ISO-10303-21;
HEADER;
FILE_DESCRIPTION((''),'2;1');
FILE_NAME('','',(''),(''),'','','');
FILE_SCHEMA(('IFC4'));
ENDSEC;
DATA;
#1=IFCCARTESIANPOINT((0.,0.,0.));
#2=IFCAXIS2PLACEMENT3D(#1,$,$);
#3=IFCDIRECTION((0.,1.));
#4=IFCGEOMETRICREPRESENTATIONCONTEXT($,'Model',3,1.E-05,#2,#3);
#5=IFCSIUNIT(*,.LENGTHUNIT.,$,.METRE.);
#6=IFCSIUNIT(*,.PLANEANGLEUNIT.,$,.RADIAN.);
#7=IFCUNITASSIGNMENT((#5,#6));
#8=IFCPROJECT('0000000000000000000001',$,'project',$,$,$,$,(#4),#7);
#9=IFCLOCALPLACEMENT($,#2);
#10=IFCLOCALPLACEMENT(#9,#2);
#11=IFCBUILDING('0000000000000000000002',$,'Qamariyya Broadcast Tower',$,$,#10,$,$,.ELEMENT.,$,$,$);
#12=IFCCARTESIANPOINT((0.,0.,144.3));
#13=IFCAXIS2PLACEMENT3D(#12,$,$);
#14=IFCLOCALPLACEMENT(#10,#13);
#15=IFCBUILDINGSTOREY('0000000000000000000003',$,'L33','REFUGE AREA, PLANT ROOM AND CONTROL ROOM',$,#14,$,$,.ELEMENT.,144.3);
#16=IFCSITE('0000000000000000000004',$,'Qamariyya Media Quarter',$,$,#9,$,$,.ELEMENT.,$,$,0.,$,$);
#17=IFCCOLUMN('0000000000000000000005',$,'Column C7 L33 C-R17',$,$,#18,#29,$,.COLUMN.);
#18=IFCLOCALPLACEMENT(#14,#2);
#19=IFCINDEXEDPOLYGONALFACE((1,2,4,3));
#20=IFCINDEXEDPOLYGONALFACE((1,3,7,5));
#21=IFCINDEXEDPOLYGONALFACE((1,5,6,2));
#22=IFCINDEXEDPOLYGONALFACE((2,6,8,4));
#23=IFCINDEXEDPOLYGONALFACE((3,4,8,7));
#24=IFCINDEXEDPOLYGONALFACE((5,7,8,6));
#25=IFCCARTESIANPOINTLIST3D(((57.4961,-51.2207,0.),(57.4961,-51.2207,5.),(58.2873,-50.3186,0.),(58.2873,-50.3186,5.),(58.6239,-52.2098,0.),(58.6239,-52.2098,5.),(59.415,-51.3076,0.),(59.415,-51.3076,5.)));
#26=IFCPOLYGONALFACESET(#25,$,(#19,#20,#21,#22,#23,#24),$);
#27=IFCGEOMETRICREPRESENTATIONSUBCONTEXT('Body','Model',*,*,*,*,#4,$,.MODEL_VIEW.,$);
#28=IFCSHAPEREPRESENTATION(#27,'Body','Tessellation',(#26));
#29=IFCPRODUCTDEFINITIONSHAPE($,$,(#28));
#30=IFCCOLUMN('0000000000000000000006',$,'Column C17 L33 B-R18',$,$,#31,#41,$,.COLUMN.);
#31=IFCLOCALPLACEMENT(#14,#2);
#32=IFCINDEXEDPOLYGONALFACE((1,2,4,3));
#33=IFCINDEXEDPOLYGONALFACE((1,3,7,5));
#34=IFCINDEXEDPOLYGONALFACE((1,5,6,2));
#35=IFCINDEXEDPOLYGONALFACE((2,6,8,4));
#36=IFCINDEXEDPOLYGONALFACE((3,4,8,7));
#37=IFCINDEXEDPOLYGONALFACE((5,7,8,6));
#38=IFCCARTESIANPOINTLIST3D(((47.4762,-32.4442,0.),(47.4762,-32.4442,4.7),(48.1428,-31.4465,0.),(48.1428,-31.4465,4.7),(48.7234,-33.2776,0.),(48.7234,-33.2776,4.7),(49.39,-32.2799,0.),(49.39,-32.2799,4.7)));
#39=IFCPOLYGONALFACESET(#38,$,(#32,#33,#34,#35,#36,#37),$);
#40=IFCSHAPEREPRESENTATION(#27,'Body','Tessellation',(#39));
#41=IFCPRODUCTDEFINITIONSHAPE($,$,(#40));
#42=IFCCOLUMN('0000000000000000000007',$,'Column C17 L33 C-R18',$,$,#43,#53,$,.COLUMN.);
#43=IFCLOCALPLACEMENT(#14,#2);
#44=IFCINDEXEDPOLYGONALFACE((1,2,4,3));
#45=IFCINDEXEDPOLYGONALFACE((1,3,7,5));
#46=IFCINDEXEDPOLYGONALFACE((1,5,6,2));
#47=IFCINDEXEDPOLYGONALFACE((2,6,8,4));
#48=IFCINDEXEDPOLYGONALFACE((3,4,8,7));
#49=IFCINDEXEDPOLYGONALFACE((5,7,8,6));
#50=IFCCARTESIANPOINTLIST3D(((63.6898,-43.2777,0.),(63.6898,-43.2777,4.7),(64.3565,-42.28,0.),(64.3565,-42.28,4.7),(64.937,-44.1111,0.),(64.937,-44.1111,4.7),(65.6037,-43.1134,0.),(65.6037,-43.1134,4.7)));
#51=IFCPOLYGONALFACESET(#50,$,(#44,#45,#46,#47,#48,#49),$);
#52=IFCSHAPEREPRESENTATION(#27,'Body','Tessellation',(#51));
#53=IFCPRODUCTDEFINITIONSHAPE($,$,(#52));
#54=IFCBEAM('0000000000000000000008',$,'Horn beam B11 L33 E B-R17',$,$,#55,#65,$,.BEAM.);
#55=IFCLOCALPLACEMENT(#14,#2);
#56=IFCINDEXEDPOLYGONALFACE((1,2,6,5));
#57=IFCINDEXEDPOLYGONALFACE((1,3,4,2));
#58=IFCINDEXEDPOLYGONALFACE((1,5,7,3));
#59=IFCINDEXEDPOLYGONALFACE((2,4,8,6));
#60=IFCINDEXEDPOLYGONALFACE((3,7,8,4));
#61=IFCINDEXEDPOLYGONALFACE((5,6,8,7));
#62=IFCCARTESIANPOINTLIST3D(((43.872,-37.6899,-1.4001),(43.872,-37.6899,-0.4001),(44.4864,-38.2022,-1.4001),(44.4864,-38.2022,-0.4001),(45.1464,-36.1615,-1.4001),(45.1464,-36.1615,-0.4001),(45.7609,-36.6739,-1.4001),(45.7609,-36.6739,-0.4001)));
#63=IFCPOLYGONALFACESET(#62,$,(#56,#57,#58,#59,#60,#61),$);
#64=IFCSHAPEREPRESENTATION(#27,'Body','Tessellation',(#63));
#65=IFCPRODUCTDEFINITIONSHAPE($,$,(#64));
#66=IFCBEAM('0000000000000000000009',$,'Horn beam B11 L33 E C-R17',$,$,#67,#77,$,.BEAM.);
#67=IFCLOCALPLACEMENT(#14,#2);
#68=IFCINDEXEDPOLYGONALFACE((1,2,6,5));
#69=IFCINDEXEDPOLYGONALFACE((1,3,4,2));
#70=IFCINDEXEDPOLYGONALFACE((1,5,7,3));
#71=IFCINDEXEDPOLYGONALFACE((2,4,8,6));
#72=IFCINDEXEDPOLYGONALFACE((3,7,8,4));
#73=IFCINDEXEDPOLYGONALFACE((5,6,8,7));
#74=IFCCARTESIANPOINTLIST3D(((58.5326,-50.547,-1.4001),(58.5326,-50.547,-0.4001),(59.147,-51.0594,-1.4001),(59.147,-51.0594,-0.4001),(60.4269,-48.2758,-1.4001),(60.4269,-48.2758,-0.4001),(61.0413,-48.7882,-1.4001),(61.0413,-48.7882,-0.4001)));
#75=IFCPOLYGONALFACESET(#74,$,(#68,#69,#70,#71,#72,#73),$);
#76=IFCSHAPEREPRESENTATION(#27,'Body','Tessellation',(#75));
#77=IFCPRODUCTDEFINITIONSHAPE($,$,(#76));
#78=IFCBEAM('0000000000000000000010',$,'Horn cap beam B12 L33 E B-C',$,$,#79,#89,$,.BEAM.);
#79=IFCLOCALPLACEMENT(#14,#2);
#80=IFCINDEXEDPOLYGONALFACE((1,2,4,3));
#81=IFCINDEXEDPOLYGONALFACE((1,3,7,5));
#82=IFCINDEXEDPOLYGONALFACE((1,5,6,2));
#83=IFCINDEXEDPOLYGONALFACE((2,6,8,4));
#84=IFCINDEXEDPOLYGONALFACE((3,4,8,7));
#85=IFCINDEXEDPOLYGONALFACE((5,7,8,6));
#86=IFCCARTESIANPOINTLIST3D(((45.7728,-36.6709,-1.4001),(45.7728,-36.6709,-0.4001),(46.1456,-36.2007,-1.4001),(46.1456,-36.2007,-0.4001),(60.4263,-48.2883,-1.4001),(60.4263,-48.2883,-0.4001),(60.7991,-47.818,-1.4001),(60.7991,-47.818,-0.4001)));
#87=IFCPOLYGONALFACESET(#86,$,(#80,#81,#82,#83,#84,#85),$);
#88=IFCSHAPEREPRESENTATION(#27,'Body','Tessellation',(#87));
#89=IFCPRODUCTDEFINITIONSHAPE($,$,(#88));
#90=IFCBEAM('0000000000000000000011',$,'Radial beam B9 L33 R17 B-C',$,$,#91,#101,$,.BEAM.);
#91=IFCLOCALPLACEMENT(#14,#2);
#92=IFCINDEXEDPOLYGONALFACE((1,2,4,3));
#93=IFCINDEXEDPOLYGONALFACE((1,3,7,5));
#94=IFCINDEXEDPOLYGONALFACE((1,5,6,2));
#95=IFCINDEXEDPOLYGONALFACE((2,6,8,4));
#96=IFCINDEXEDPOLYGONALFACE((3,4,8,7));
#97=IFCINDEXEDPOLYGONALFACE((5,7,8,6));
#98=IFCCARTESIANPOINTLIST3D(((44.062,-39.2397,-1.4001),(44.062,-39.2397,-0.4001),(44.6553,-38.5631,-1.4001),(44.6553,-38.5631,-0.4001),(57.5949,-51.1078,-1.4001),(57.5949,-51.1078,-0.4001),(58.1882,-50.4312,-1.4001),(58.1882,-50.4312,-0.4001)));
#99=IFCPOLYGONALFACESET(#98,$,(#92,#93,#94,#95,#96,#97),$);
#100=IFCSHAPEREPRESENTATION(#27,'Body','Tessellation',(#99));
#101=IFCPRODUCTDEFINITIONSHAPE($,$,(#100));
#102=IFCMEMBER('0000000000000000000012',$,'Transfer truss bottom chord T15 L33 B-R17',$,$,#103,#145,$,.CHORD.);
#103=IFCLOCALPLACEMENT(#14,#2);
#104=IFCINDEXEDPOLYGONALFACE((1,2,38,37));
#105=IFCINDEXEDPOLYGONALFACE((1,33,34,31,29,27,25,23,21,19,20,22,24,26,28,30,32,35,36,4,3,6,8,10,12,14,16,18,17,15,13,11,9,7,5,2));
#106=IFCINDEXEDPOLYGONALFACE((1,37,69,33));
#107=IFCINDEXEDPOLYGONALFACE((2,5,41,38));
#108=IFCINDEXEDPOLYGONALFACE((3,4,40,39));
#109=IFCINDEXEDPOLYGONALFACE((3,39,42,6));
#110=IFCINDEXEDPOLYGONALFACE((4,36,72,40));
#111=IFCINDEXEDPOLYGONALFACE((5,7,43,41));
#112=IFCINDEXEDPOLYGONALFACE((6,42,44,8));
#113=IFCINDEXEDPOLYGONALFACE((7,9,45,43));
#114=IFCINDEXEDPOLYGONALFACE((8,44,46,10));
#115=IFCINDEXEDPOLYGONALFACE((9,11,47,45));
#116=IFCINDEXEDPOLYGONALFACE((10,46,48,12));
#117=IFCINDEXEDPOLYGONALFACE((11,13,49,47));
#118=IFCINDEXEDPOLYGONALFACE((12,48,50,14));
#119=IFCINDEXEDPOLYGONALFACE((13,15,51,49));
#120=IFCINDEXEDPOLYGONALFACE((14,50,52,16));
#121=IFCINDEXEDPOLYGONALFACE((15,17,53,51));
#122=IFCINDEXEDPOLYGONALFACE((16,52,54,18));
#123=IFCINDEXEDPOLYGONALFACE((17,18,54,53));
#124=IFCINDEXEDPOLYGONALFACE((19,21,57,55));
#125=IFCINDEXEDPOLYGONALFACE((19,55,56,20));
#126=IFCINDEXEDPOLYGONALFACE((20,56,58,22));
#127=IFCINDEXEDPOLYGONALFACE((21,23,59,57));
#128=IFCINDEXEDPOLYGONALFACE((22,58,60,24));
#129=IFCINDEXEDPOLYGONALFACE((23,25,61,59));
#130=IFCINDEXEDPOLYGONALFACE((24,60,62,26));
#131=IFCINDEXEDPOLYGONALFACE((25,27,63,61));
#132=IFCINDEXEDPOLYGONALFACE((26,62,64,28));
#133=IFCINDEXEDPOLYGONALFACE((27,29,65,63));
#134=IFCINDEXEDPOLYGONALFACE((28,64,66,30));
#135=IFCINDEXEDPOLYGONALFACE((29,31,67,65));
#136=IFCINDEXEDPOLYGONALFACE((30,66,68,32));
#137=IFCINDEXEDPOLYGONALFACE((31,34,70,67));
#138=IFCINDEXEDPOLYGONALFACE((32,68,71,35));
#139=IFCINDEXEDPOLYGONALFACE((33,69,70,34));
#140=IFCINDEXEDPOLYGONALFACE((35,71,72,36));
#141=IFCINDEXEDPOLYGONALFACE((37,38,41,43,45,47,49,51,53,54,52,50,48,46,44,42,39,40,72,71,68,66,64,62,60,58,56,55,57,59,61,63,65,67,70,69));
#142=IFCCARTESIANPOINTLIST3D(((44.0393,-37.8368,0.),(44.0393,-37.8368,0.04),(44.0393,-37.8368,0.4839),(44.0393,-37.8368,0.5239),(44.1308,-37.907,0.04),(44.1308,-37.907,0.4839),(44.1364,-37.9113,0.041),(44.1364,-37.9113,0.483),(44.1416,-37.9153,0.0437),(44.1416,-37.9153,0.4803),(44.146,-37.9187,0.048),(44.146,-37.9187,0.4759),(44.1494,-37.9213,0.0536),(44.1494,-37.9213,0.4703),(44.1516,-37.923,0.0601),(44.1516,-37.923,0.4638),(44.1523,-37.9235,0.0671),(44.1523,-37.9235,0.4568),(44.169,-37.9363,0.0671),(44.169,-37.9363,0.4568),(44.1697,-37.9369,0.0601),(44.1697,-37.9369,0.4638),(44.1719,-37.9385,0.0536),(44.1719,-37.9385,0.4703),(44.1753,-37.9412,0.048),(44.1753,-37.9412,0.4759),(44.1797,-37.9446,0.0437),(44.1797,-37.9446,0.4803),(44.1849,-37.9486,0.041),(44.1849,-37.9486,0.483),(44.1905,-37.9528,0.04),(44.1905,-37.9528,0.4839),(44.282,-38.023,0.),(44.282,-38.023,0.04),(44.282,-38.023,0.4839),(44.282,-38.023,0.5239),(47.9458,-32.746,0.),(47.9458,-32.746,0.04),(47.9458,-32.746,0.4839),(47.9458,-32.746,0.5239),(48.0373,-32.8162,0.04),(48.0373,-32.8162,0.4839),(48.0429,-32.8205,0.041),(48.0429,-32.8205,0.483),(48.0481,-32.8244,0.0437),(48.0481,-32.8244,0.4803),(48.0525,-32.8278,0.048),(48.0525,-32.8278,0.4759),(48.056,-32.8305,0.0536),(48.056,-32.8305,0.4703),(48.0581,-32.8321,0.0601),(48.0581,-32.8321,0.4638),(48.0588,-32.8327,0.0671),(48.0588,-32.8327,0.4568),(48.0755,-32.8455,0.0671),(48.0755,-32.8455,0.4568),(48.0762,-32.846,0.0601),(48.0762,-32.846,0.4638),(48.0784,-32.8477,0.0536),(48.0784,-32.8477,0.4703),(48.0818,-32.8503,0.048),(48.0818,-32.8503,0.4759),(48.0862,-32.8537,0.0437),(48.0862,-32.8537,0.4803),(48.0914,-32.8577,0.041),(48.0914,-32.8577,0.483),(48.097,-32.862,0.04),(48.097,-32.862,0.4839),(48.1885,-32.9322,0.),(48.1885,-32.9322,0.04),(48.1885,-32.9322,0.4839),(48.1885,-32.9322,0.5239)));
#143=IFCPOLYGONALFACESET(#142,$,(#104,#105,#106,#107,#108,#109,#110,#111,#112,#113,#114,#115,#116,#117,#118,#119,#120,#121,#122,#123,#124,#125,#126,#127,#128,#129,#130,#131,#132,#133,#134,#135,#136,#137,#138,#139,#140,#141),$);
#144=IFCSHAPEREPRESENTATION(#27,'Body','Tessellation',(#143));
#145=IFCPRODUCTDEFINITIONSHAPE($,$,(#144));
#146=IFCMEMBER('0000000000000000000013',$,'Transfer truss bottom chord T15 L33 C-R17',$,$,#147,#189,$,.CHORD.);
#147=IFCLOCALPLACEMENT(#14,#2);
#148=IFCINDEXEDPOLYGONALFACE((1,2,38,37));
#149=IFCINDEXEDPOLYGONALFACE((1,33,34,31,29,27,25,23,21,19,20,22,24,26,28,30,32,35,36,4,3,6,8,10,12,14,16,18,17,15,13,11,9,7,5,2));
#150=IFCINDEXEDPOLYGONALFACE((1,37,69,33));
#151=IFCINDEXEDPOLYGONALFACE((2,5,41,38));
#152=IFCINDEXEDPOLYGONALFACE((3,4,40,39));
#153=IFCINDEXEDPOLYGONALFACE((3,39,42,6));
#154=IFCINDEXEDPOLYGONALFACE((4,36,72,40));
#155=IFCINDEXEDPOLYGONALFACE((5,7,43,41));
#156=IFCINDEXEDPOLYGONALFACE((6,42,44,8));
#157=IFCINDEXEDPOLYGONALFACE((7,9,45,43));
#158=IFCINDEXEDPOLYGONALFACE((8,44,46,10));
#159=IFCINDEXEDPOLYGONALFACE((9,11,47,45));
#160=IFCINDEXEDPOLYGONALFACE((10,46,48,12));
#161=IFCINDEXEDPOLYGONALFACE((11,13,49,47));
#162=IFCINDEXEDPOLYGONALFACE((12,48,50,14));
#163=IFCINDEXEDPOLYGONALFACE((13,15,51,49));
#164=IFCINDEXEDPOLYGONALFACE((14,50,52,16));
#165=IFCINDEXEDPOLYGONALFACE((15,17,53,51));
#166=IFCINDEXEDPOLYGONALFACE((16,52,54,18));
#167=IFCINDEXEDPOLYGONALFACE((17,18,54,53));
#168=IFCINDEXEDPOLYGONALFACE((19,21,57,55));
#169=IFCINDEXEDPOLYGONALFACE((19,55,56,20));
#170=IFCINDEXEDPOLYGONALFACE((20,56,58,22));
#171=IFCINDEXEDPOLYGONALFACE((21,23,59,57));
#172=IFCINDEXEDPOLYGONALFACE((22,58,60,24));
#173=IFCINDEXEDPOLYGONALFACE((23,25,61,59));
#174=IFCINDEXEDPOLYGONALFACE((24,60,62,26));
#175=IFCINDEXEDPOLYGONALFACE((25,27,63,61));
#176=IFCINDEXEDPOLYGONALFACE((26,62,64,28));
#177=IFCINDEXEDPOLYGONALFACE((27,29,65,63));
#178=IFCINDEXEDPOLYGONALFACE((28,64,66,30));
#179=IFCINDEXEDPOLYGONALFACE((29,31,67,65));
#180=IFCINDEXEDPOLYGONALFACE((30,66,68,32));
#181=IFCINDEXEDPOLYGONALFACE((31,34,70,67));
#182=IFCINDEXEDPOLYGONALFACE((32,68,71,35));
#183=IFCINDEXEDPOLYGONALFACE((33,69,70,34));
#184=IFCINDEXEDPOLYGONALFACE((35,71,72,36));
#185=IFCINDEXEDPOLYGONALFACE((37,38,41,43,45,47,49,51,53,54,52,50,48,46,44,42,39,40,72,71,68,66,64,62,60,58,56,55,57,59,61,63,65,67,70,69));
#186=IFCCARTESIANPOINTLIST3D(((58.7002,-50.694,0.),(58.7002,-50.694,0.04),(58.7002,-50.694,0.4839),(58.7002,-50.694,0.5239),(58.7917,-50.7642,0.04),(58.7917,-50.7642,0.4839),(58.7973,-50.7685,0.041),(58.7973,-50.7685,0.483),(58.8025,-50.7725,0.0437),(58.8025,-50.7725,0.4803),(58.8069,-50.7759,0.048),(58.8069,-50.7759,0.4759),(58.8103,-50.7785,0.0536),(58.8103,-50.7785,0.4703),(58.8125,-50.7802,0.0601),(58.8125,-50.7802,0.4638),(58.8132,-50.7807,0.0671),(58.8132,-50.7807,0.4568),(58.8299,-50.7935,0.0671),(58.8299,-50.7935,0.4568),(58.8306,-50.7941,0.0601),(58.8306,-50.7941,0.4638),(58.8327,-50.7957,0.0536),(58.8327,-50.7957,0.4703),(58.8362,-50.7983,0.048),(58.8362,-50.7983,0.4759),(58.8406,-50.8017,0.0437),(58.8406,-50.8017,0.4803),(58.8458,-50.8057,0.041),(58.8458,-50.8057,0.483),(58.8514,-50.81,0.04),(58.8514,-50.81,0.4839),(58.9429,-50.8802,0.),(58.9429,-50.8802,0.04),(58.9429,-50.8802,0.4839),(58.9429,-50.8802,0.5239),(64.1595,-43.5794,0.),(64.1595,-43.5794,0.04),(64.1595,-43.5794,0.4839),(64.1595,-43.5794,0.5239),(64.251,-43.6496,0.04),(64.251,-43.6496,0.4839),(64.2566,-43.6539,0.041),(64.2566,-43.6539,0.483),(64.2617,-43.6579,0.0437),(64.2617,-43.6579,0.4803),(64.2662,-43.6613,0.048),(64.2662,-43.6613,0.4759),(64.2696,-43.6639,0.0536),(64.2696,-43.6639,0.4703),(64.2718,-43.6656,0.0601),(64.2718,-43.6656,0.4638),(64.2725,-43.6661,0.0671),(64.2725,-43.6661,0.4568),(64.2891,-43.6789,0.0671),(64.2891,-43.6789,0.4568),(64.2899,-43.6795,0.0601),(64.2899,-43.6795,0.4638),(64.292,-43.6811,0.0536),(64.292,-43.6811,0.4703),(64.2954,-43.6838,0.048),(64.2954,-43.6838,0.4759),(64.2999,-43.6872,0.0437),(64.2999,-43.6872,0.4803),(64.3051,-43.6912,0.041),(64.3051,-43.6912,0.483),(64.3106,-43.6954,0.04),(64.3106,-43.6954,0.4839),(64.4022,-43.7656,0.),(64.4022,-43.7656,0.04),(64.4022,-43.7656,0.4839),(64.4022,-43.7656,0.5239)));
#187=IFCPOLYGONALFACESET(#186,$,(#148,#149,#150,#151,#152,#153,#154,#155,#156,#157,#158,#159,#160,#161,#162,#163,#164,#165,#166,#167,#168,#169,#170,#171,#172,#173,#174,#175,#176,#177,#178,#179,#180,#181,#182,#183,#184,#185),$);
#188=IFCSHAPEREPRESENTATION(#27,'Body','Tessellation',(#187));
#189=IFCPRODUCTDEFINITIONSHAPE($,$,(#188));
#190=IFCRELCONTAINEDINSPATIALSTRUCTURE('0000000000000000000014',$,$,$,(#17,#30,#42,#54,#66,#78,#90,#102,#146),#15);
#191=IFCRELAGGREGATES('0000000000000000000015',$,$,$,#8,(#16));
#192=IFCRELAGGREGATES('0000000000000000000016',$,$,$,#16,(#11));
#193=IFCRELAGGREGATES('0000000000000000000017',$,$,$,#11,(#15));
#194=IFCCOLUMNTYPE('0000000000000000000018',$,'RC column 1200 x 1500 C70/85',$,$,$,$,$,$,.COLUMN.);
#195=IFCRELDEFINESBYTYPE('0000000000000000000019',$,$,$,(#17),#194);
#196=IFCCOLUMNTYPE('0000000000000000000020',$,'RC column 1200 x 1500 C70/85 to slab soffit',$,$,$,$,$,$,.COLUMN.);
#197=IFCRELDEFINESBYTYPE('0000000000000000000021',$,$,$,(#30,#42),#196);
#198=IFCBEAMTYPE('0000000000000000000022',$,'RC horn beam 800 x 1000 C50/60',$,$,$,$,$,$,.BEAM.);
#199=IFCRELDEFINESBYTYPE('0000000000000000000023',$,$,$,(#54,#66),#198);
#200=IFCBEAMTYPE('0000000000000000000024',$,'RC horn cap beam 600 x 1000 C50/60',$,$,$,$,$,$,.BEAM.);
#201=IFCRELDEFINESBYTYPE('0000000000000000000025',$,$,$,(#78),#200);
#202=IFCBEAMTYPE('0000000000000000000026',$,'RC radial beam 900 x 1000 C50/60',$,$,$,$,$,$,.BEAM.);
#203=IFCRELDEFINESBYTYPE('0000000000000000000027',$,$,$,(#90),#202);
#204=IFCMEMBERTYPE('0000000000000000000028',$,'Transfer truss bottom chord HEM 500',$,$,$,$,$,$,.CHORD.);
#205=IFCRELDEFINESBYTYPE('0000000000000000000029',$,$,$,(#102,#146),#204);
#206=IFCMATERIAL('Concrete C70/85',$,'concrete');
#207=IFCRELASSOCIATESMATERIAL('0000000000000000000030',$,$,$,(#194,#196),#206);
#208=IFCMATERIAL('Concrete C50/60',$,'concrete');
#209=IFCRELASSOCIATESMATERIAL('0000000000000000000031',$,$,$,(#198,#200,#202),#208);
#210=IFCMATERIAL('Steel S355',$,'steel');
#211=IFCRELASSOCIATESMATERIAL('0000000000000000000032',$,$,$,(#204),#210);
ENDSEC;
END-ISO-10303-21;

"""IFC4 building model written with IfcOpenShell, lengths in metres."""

from ifc_helpers import new_model, si_unit, direction, frame, origin, origin_2d, place, context, subcontext, project, spatial, rectangle, i_section, extrude, material, material_profile, profile_set, type_object, element, save


model = new_model("IFC4")

# Units and contexts
model_context = context("Model", 3, precision=1e-05, world=origin(), true_north=direction((0.0, 1.0)))
body_context = subcontext(model_context, "Body", "Model", "MODEL_VIEW")
ifc_project = project(units=[si_unit("LENGTHUNIT", "METRE"), si_unit("PLANEANGLEUNIT", "RADIAN")], contexts=[model_context])

# Site, building, storey
site_placement = place(None, origin())
site = spatial("IfcSite", under=ifc_project, at=site_placement, Name="Qamariyya Media Quarter", CompositionType="ELEMENT", RefElevation=0.0)
building_placement = place(site_placement, origin())
building = spatial("IfcBuilding", under=site, at=building_placement, Name="Qamariyya Broadcast Tower", CompositionType="ELEMENT")
storey_placement = place(building_placement, frame((0.0, 0.0, 144.3)))
storey = spatial("IfcBuildingStorey", under=building, at=storey_placement, Name="L33", Description="REFUGE AREA, PLANT ROOM AND CONTROL ROOM", CompositionType="ELEMENT", Elevation=144.3)

# Columns
ifc_material_1 = material(Name="Concrete C70/85", Category="concrete")
ifc_material_profile_1 = material_profile(ifc_material_1, rectangle(XDim=1.2, YDim=1.5, at=origin_2d()))
ifc_profile_set_1 = profile_set([ifc_material_profile_1], Name="Concrete C70/85")
column_type_1 = type_object("IfcColumnType", Name="RC column 1200 x 1500 C70/85", PredefinedType="COLUMN", material=ifc_profile_set_1)
column_placement = place(storey_placement, frame((58.4556, -51.2642, 0.0), z_axis=(0.0, 0.0, 1.0), x_axis=(0.659346, 0.75184, 0.0)))
element("IfcColumn", 1, at=column_placement, inside=storey, type_object=column_type_1, Name="Column C7 L33 C-R17", PredefinedType="COLUMN", context=body_context, shape_type="SweptSolid", body=[
    extrude(rectangle(XDim=1.2, YDim=1.5, at=origin_2d()), origin(), (0.0, 0.0, 1.0), 5.0),
])
ifc_material_profile_2 = material_profile(ifc_material_1, rectangle(XDim=1.2, YDim=1.5, at=origin_2d()))
ifc_profile_set_2 = profile_set([ifc_material_profile_2], Name="Concrete C70/85")
column_type_2 = type_object("IfcColumnType", Name="RC column 1200 x 1500 C70/85 to slab soffit", PredefinedType="COLUMN", material=ifc_profile_set_2)
for number, where, z_axis, x_axis, name in (
    (2, (48.4331, -32.3621, 0.0), (0.0, 0.0, 1.0), (0.55557, 0.83147, 0.0), "Column C17 L33 B-R18"),
    (3, (64.6467, -43.1956, 0.0), (0.0, 0.0, 1.0), (0.55557, 0.83147, 0.0), "Column C17 L33 C-R18"),
):
    element("IfcColumn", number, at=place(storey_placement, frame(where, z_axis=z_axis, x_axis=x_axis)), inside=storey, type_object=column_type_2, Name=name, PredefinedType="COLUMN", context=body_context, shape_type="SweptSolid", body=[
        extrude(rectangle(XDim=1.2, YDim=1.5, at=origin_2d()), origin(), (0.0, 0.0, 1.0), 4.7),
    ])

# Beams
ifc_material_2 = material(Name="Concrete C50/60", Category="concrete")
ifc_material_profile_3 = material_profile(ifc_material_2, rectangle(XDim=0.8, YDim=1.0, at=origin_2d()))
ifc_profile_set_3 = profile_set([ifc_material_profile_3], Name="Concrete C50/60")
beam_type_1 = type_object("IfcBeamType", Name="RC horn beam 800 x 1000 C50/60", PredefinedType="BEAM", material=ifc_profile_set_3)
beam_1_placement = place(storey_placement, frame((44.1792, -37.946, -0.9001), z_axis=(0.640426, 0.76802, 0.0), x_axis=(-0.76802, 0.640426, 0.0)))
element("IfcBeam", 4, at=beam_1_placement, inside=storey, type_object=beam_type_1, Name="Horn beam B11 L33 E B-R17", PredefinedType="BEAM", context=body_context, shape_type="SweptSolid", body=[
    extrude(rectangle(XDim=0.8, YDim=1.0, at=origin_2d()), origin(), (0.0, 0.0, 1.0), 1.99),
])
beam_2_placement = place(storey_placement, frame((58.8398, -50.8032, -0.9001), z_axis=(0.640501, 0.767957, 0.0), x_axis=(-0.767957, 0.640501, 0.0)))
element("IfcBeam", 5, at=beam_2_placement, inside=storey, type_object=beam_type_1, Name="Horn beam B11 L33 E C-R17", PredefinedType="BEAM", context=body_context, shape_type="SweptSolid", body=[
    extrude(rectangle(XDim=0.8, YDim=1.0, at=origin_2d()), origin(), (0.0, 0.0, 1.0), 2.9575),
])
ifc_material_profile_4 = material_profile(ifc_material_2, rectangle(XDim=0.6001, YDim=1.0, at=origin_2d()))
ifc_profile_set_4 = profile_set([ifc_material_profile_4], Name="Concrete C50/60")
beam_type_2 = type_object("IfcBeamType", Name="RC horn cap beam 600 x 1000 C50/60", PredefinedType="BEAM", material=ifc_profile_set_4)
beam_3_placement = place(storey_placement, frame((45.9592, -36.4358, -0.9001), z_axis=(0.783611, -0.621252, 0.0), x_axis=(0.621252, 0.783611, 0.0)))
element("IfcBeam", 6, at=beam_3_placement, inside=storey, type_object=beam_type_2, Name="Horn cap beam B12 L33 E B-C", PredefinedType="BEAM", context=body_context, shape_type="SweptSolid", body=[
    extrude(rectangle(XDim=0.6001, YDim=1.0, at=origin_2d()), origin(), (0.0, 0.0, 1.0), 18.7),
])
ifc_material_profile_5 = material_profile(ifc_material_2, rectangle(XDim=0.8999, YDim=1.0, at=origin_2d()))
ifc_profile_set_5 = profile_set([ifc_material_profile_5], Name="Concrete C50/60")
beam_type_3 = type_object("IfcBeamType", Name="RC radial beam 900 x 1000 C50/60", PredefinedType="BEAM", material=ifc_profile_set_5)
beam_4_placement = place(storey_placement, frame((44.3586, -38.9014, -0.9001), z_axis=(0.751838, -0.659348, 0.0), x_axis=(0.659348, 0.751838, 0.0)))
element("IfcBeam", 7, at=beam_4_placement, inside=storey, type_object=beam_type_3, Name="Radial beam B9 L33 R17 B-C", PredefinedType="BEAM", context=body_context, shape_type="SweptSolid", body=[
    extrude(rectangle(XDim=0.8999, YDim=1.0, at=origin_2d()), origin(), (0.0, 0.0, 1.0), 17.9998),
])

# Members
ifc_material_3 = material(Name="Steel S355", Category="steel")
ifc_material_profile_6 = material_profile(ifc_material_3, i_section(OverallWidth=0.3059, OverallDepth=0.5239, WebThickness=0.021, FlangeThickness=0.04, FilletRadius=0.0271, at=origin_2d()))
ifc_profile_set_6 = profile_set([ifc_material_profile_6], Name="Steel S355")
member_type_1 = type_object("IfcMemberType", Name="Transfer truss bottom chord HEM 500", PredefinedType="CHORD", material=ifc_profile_set_6)
member_1_placement = place(storey_placement, frame((44.1606, -37.9299, 0.262), z_axis=(0.608778, 0.793341, 0.0), x_axis=(-0.793341, 0.608778, 0.0)))
element("IfcMember", 8, at=member_1_placement, inside=storey, type_object=member_type_1, Name="Transfer truss bottom chord T15 L33 B-R17", PredefinedType="CHORD", context=body_context, shape_type="SweptSolid", body=[
    extrude(i_section(OverallWidth=0.3059, OverallDepth=0.5239, WebThickness=0.021, FlangeThickness=0.04, FilletRadius=0.0271, at=origin_2d()), origin(), (0.0, 0.0, 1.0), 6.417),
])
member_2_placement = place(storey_placement, frame((58.8215, -50.7871, 0.262), z_axis=(0.608767, 0.793349, 0.0), x_axis=(-0.793349, 0.608767, 0.0)))
element("IfcMember", 9, at=member_2_placement, inside=storey, type_object=member_type_1, Name="Transfer truss bottom chord T15 L33 C-R17", PredefinedType="CHORD", context=body_context, shape_type="SweptSolid", body=[
    extrude(i_section(OverallWidth=0.3059, OverallDepth=0.5239, WebThickness=0.021, FlangeThickness=0.04, FilletRadius=0.0271, at=origin_2d()), origin(), (0.0, 0.0, 1.0), 8.9678),
])

save(model, "model.ifc")
